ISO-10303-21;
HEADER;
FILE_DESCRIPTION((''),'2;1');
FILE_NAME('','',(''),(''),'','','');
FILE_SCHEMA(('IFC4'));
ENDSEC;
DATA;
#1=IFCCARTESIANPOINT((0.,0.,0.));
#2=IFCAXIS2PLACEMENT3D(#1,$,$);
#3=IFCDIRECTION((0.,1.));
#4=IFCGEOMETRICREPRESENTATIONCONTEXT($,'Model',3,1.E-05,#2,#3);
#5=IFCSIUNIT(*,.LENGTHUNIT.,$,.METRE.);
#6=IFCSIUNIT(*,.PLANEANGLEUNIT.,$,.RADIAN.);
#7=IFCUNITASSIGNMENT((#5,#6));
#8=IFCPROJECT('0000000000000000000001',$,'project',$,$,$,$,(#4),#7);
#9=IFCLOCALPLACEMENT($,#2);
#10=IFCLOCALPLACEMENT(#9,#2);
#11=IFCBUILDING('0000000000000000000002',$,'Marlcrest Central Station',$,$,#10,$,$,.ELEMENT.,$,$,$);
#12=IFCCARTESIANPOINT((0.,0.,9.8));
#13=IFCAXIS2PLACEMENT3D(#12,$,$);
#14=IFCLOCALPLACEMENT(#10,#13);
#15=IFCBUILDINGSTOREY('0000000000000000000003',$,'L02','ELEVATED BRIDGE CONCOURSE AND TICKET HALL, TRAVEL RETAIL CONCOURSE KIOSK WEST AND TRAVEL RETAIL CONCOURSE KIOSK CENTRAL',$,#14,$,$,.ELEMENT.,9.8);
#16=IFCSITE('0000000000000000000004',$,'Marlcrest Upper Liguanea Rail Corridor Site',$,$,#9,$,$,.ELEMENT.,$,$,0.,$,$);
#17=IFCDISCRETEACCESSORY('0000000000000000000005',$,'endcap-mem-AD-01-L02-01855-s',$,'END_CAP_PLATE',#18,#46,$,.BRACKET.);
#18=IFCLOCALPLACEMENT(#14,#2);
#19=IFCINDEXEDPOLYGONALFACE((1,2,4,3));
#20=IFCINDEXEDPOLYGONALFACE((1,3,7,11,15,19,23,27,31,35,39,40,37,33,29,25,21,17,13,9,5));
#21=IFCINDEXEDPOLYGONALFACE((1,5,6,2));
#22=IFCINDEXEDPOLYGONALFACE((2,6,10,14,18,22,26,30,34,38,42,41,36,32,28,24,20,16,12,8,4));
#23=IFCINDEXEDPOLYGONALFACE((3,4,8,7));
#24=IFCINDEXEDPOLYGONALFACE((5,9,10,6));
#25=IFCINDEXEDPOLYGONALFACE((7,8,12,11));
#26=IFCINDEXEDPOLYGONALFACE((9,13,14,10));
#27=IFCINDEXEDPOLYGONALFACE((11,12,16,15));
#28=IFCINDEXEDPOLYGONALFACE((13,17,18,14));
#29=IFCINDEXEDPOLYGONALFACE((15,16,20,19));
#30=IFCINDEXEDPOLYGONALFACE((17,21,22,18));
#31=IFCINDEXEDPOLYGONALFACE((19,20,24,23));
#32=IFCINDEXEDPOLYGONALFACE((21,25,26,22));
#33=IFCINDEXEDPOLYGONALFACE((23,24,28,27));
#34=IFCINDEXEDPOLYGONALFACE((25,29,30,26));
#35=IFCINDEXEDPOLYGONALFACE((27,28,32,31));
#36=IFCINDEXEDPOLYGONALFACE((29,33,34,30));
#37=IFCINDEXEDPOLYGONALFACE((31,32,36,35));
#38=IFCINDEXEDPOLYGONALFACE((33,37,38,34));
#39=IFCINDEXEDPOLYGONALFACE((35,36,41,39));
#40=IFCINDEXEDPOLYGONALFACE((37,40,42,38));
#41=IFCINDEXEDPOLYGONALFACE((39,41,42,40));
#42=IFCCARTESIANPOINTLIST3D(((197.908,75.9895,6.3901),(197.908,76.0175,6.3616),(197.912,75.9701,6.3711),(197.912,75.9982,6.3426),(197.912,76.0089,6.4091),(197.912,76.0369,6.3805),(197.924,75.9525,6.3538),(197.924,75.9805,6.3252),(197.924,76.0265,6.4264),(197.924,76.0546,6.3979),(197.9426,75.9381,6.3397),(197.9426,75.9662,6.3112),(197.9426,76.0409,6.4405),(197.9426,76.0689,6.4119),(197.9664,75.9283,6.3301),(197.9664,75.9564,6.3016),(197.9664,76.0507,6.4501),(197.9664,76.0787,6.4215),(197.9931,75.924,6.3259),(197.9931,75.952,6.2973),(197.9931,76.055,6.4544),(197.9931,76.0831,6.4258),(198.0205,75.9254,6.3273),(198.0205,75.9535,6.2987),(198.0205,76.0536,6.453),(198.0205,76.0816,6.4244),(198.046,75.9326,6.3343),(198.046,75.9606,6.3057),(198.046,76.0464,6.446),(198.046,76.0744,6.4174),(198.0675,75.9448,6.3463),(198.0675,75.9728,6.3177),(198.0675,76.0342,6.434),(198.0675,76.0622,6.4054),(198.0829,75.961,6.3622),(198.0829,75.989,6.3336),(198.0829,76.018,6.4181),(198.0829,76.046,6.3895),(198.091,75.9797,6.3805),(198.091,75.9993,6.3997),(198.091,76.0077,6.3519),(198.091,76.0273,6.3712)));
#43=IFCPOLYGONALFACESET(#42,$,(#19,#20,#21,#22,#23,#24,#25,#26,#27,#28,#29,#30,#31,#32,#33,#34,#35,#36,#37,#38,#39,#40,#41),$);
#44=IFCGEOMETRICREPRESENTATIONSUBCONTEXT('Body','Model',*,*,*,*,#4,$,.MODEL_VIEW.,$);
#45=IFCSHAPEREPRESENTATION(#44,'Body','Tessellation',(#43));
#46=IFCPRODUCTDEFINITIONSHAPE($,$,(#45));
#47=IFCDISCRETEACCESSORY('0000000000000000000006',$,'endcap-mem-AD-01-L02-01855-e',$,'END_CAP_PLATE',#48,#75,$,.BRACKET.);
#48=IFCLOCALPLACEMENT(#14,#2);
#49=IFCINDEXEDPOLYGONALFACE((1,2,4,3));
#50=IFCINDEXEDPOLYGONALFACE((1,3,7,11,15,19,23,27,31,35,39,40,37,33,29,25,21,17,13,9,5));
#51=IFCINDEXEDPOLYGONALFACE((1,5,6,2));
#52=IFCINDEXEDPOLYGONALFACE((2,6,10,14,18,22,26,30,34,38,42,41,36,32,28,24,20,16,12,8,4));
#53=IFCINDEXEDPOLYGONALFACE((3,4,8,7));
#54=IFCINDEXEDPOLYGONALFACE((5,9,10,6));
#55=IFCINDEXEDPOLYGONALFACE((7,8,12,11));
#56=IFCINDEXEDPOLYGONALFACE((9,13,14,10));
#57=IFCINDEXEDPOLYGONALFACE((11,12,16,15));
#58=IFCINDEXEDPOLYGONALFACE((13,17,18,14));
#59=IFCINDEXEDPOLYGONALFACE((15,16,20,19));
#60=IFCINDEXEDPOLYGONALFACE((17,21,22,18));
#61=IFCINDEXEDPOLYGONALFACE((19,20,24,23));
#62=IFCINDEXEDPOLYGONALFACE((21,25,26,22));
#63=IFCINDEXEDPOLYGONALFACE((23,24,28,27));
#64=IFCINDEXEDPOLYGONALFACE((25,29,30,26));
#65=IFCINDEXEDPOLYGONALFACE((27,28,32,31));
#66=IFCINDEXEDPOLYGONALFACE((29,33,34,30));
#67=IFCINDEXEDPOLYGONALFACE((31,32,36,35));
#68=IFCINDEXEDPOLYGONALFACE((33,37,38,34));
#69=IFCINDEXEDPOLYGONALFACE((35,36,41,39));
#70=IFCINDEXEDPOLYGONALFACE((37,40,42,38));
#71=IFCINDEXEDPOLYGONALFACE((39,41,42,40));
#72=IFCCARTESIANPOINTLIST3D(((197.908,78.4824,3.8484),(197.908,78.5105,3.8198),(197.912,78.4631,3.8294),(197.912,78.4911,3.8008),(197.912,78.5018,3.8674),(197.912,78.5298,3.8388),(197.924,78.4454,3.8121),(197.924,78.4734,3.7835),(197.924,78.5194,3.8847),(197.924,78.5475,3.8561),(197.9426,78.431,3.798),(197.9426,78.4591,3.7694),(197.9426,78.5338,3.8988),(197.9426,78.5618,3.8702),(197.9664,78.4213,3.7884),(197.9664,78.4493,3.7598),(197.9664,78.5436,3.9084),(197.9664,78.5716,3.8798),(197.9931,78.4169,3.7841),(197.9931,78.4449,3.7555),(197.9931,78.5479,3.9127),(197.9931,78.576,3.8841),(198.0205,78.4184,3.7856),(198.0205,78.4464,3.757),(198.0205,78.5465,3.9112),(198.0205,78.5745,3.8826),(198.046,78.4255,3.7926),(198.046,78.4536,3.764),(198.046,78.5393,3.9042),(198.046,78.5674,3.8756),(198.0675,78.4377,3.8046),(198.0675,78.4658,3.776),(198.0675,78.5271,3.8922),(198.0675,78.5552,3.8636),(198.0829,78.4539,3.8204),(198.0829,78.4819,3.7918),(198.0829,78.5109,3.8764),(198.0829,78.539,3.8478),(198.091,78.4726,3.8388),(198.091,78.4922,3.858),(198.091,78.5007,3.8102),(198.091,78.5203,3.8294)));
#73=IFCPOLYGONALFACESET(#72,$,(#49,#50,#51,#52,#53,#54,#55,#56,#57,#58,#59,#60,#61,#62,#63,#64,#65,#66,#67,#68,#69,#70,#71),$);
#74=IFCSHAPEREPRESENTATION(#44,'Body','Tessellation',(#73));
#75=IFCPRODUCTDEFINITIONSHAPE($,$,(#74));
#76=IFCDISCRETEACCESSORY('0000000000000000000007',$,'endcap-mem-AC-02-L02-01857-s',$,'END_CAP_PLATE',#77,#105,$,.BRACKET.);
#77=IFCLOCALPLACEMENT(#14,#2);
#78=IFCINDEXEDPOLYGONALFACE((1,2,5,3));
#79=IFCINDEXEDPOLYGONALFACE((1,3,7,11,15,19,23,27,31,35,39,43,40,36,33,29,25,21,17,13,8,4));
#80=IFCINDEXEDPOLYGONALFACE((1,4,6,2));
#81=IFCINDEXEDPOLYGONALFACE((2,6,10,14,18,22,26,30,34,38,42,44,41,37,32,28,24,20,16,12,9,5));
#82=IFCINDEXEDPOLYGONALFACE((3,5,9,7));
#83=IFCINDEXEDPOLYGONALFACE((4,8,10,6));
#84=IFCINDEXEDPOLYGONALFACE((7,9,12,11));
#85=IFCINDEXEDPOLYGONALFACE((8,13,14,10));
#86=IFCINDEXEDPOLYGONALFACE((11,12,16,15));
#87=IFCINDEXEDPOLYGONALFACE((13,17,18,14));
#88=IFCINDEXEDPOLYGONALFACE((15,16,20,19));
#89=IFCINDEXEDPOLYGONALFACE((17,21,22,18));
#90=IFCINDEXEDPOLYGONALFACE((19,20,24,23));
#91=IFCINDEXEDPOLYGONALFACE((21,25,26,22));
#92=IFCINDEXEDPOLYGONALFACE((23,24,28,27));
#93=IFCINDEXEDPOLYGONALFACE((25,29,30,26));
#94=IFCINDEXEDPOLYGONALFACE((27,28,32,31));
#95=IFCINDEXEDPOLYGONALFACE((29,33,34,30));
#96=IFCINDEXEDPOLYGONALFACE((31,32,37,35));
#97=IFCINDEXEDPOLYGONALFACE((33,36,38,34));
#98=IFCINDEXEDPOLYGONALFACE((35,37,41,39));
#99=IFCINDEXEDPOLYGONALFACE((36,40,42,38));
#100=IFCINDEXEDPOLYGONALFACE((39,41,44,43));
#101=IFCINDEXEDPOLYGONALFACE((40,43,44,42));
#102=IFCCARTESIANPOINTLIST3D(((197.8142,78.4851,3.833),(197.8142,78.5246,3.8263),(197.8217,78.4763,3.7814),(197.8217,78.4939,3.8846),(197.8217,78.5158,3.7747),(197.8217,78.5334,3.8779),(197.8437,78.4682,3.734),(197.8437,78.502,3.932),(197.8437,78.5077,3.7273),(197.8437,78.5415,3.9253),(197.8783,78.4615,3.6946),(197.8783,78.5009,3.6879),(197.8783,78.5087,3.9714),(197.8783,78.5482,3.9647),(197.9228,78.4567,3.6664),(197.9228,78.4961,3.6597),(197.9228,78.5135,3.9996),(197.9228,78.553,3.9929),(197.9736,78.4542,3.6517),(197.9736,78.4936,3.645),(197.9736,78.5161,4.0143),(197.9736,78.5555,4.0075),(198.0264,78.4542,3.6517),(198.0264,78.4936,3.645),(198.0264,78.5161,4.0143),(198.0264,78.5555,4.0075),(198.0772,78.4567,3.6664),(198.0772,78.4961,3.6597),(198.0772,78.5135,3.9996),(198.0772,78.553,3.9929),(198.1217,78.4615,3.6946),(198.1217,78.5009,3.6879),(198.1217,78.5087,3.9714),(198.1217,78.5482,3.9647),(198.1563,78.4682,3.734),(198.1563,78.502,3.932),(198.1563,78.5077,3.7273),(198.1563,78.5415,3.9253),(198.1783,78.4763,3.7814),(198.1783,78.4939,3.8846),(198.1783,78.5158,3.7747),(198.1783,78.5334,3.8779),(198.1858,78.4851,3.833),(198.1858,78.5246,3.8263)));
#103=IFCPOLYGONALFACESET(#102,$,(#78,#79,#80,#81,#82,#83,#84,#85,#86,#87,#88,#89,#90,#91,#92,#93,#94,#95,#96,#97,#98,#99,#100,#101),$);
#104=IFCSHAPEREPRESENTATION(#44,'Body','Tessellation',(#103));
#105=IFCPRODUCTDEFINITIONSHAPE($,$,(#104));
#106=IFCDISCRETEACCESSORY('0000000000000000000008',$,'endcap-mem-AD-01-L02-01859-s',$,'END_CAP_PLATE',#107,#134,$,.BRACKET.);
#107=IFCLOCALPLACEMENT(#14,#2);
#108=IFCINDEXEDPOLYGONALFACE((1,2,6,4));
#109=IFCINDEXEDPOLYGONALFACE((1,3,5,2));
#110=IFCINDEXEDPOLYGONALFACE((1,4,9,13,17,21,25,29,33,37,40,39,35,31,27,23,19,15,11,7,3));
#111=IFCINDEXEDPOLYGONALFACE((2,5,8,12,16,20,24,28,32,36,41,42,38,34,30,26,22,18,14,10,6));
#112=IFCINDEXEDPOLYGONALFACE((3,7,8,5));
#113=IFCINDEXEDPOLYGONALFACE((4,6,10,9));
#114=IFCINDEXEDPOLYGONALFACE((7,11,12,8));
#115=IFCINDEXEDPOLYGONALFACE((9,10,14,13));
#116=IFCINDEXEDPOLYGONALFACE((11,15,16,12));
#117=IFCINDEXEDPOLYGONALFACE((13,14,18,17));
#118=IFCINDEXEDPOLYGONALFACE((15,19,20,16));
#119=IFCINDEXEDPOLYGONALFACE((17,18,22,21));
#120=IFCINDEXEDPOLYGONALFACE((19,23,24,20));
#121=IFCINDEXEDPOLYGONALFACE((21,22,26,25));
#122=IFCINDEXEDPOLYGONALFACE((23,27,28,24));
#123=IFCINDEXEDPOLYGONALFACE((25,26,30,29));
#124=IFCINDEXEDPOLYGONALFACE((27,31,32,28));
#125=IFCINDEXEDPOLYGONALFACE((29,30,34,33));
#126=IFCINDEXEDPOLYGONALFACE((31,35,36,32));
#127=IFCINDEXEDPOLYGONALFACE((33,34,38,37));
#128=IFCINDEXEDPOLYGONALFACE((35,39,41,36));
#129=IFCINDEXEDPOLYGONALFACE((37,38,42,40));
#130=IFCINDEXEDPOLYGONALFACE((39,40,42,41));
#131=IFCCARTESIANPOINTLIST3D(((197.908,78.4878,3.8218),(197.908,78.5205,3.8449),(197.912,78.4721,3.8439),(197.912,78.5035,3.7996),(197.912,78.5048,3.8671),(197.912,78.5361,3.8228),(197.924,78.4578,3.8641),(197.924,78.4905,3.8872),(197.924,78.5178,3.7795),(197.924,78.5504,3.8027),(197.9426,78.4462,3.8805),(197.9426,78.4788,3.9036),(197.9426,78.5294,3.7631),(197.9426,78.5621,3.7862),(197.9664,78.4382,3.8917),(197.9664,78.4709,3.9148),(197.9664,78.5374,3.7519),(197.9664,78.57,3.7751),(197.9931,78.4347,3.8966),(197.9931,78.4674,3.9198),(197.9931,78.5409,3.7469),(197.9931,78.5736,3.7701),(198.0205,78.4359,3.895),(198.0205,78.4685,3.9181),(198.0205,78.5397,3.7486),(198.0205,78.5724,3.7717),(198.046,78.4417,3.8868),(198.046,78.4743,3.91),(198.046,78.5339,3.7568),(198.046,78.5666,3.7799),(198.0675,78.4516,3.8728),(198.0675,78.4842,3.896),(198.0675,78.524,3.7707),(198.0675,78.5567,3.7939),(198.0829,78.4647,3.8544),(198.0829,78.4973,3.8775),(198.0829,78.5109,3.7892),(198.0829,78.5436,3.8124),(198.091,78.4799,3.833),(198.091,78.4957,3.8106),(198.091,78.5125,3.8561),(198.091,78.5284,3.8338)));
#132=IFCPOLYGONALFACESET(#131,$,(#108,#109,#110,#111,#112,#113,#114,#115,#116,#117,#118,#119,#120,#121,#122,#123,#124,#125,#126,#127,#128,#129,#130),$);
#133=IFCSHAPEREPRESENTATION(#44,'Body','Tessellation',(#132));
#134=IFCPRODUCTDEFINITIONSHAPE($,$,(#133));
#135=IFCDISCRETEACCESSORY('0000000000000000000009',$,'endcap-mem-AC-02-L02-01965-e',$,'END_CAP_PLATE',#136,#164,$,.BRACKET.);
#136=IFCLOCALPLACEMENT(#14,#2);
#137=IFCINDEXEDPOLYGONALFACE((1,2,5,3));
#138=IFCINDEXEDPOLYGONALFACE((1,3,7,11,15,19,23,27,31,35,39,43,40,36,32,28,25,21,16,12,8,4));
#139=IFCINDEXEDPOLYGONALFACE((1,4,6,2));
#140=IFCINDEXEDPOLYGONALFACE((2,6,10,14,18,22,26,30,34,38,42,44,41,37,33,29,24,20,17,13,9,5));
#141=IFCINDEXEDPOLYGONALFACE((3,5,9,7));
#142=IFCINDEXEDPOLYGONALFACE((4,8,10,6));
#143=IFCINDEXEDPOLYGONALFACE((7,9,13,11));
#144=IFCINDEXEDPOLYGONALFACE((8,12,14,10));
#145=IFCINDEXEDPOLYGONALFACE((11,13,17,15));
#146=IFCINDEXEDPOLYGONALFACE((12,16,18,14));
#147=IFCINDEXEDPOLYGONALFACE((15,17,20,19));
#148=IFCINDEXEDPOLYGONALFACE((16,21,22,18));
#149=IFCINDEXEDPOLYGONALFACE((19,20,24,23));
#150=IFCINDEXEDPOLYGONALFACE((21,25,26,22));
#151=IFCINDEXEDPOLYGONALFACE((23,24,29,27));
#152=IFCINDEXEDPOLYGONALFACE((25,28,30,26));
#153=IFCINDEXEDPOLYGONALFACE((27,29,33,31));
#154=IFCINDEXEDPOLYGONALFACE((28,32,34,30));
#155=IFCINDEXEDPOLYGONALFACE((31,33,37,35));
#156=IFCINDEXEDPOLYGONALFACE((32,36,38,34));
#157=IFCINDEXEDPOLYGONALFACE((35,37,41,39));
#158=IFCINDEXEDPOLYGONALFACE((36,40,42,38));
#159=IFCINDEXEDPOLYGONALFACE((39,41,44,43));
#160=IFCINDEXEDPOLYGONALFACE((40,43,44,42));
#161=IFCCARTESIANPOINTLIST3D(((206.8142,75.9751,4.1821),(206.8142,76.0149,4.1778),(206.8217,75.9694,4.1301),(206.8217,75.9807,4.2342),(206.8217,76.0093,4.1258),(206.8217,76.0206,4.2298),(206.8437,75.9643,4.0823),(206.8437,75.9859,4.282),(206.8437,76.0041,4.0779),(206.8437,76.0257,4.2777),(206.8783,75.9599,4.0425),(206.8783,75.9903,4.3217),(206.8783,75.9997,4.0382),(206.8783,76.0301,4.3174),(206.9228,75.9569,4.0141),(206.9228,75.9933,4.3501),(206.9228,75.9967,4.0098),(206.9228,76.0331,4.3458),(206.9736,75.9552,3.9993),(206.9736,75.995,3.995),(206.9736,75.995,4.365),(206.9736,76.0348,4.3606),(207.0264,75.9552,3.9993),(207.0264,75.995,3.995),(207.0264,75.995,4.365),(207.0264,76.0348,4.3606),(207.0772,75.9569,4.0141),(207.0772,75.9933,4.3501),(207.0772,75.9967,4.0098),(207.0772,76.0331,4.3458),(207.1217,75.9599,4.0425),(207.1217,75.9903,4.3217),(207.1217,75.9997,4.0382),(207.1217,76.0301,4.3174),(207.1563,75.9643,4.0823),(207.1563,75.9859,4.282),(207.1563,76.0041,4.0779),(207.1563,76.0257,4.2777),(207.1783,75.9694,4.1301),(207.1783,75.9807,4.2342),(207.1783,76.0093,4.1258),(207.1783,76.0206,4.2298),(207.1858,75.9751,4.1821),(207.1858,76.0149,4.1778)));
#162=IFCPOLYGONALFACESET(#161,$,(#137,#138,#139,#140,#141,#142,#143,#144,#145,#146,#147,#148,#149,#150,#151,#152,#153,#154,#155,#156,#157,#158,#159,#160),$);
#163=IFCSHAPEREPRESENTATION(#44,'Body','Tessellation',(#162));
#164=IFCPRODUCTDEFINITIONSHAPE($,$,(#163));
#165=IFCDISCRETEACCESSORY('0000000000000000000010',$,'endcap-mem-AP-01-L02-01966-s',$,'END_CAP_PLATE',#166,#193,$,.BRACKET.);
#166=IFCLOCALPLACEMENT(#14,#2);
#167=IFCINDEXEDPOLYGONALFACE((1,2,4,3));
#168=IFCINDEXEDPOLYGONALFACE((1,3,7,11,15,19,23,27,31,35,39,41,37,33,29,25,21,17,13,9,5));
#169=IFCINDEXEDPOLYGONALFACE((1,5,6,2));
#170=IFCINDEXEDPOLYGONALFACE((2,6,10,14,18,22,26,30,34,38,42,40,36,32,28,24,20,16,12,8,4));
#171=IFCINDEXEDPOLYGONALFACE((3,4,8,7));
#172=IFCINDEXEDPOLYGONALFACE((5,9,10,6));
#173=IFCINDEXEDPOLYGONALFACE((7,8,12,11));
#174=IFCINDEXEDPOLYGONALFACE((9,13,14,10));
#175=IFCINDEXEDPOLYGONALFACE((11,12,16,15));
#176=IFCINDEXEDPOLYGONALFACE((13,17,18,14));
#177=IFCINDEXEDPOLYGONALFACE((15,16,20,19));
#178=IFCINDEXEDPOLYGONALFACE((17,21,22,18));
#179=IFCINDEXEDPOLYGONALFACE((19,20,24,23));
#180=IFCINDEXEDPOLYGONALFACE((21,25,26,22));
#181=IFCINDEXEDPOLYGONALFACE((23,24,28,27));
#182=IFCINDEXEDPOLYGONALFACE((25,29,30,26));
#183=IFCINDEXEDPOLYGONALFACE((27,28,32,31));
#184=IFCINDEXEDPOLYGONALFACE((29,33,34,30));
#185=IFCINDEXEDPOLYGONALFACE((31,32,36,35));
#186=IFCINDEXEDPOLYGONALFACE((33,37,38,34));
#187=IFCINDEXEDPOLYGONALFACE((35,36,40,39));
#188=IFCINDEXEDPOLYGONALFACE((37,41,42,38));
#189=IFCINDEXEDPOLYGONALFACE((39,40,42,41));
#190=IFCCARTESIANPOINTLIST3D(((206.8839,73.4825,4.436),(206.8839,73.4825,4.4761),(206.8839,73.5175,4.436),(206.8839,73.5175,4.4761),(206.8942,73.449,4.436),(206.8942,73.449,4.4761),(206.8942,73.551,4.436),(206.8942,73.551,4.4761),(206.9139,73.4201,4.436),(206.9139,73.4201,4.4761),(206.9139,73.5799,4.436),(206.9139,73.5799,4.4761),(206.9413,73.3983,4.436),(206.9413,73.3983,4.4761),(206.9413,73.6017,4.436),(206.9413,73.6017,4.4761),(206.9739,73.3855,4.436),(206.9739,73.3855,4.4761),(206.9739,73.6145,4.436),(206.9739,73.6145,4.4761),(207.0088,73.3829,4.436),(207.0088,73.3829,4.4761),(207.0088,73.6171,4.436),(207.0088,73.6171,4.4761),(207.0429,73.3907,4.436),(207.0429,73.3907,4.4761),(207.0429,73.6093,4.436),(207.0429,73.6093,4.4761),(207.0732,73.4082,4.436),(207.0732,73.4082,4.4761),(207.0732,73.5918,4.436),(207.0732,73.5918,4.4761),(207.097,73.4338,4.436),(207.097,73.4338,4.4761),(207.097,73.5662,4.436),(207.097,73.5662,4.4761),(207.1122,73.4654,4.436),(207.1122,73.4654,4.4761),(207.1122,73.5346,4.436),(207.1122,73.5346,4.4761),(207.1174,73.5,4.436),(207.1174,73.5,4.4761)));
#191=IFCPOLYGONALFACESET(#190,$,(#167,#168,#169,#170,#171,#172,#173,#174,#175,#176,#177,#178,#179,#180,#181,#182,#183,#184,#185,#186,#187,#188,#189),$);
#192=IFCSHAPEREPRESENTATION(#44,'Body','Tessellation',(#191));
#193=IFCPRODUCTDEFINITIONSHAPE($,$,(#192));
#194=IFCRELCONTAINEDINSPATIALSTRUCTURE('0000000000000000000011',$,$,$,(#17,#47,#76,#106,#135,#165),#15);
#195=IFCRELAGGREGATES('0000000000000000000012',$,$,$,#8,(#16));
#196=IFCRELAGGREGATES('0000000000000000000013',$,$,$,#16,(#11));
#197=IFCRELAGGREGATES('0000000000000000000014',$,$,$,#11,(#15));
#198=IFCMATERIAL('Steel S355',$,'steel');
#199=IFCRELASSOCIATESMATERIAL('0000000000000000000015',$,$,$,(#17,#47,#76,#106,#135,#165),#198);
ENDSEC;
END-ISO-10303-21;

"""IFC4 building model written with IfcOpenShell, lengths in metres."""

from ifc_helpers import new_model, si_unit, direction, frame, origin, origin_2d, place, context, subcontext, project, spatial, circle, extrude, material, element, save


model = new_model("IFC4")

# Units and contexts
model_context = context("Model", 3, precision=1e-05, world=origin(), true_north=direction((0.0, 1.0)))
body_context = subcontext(model_context, "Body", "Model", "MODEL_VIEW")
ifc_project = project(units=[si_unit("LENGTHUNIT", "METRE"), si_unit("PLANEANGLEUNIT", "RADIAN")], contexts=[model_context])

# Site, building, storey
site_placement = place(None, origin())
site = spatial("IfcSite", under=ifc_project, at=site_placement, Name="Marlcrest Upper Liguanea Rail Corridor Site", CompositionType="ELEMENT", RefElevation=0.0)
building_placement = place(site_placement, origin())
building = spatial("IfcBuilding", under=site, at=building_placement, Name="Marlcrest Central Station", CompositionType="ELEMENT")
storey_placement = place(building_placement, frame((0.0, 0.0, 9.8)))
storey = spatial("IfcBuildingStorey", under=building, at=storey_placement, Name="L02", Description="ELEVATED BRIDGE CONCOURSE AND TICKET HALL, TRAVEL RETAIL CONCOURSE KIOSK WEST AND TRAVEL RETAIL CONCOURSE KIOSK CENTRAL", CompositionType="ELEMENT", Elevation=9.8)

# Shared definitions
ifc_material = material(Name="Steel S355", Category="steel")

# Discrete accessories
for number, where, z_axis, x_axis, name in (
    (1, (198.0, 75.9895, 6.3901), (0.0, 0.700235, -0.713912), (-1.0, 0.0, 0.0), "endcap-mem-AD-01-L02-01855-s"),
    (2, (198.0, 78.4824, 3.8484), (0.0, 0.700235, -0.713912), (-1.0, 0.0, 0.0), "endcap-mem-AD-01-L02-01855-e"),
):
    element("IfcDiscreteAccessory", number, at=place(storey_placement, frame(where, z_axis=z_axis, x_axis=x_axis)), inside=storey, material=ifc_material, Name=name, ObjectType="END_CAP_PLATE", PredefinedType="BRACKET", context=body_context, shape_type="SweptSolid", body=[
        extrude(circle(Radius=0.092, at=origin_2d()), origin(), (0.0, 0.0, 1.0), 0.04),
    ])
discrete_accessory_1_placement = place(storey_placement, frame((198.0, 78.4851, 3.833), z_axis=(0.0, 0.985741, -0.168269), x_axis=(-1.0, 0.0, 0.0)))
element("IfcDiscreteAccessory", 3, at=discrete_accessory_1_placement, inside=storey, material=ifc_material, Name="endcap-mem-AC-02-L02-01857-s", ObjectType="END_CAP_PLATE", PredefinedType="BRACKET", context=body_context, shape_type="SweptSolid", body=[
    extrude(circle(Radius=0.1858, at=origin_2d()), origin(), (0.0, 0.0, 1.0), 0.04),
])
discrete_accessory_2_placement = place(storey_placement, frame((198.0, 78.4878, 3.8218), z_axis=(0.0, 0.815661, 0.57853), x_axis=(-1.0, 0.0, 0.0)))
element("IfcDiscreteAccessory", 4, at=discrete_accessory_2_placement, inside=storey, material=ifc_material, Name="endcap-mem-AD-01-L02-01859-s", ObjectType="END_CAP_PLATE", PredefinedType="BRACKET", context=body_context, shape_type="SweptSolid", body=[
    extrude(circle(Radius=0.092, at=origin_2d()), origin(), (0.0, 0.0, 1.0), 0.04),
])
discrete_accessory_3_placement = place(storey_placement, frame((207.0, 75.9751, 4.1821), z_axis=(0.0, 0.994155, -0.107959), x_axis=(-1.0, 0.0, 0.0)))
element("IfcDiscreteAccessory", 5, at=discrete_accessory_3_placement, inside=storey, material=ifc_material, Name="endcap-mem-AC-02-L02-01965-e", ObjectType="END_CAP_PLATE", PredefinedType="BRACKET", context=body_context, shape_type="SweptSolid", body=[
    extrude(circle(Radius=0.1858, at=origin_2d()), origin(), (0.0, 0.0, 1.0), 0.04),
])
for number, where, z_axis, x_axis, name in (
    (6, (207.0, 73.5, 4.436), (0.0, 0.0, 1.0), (1.0, 0.0, 0.0), "endcap-mem-AP-01-L02-01966-s"),
):
    element("IfcDiscreteAccessory", number, at=place(storey_placement, frame(where, z_axis=z_axis, x_axis=x_axis)), inside=storey, material=ifc_material, Name=name, ObjectType="END_CAP_PLATE", PredefinedType="BRACKET", context=body_context, shape_type="SweptSolid", body=[
        extrude(circle(Radius=0.1174, at=origin_2d()), origin(), (0.0, 0.0, 1.0), 0.04),
    ])

save(model, "model.ifc")
